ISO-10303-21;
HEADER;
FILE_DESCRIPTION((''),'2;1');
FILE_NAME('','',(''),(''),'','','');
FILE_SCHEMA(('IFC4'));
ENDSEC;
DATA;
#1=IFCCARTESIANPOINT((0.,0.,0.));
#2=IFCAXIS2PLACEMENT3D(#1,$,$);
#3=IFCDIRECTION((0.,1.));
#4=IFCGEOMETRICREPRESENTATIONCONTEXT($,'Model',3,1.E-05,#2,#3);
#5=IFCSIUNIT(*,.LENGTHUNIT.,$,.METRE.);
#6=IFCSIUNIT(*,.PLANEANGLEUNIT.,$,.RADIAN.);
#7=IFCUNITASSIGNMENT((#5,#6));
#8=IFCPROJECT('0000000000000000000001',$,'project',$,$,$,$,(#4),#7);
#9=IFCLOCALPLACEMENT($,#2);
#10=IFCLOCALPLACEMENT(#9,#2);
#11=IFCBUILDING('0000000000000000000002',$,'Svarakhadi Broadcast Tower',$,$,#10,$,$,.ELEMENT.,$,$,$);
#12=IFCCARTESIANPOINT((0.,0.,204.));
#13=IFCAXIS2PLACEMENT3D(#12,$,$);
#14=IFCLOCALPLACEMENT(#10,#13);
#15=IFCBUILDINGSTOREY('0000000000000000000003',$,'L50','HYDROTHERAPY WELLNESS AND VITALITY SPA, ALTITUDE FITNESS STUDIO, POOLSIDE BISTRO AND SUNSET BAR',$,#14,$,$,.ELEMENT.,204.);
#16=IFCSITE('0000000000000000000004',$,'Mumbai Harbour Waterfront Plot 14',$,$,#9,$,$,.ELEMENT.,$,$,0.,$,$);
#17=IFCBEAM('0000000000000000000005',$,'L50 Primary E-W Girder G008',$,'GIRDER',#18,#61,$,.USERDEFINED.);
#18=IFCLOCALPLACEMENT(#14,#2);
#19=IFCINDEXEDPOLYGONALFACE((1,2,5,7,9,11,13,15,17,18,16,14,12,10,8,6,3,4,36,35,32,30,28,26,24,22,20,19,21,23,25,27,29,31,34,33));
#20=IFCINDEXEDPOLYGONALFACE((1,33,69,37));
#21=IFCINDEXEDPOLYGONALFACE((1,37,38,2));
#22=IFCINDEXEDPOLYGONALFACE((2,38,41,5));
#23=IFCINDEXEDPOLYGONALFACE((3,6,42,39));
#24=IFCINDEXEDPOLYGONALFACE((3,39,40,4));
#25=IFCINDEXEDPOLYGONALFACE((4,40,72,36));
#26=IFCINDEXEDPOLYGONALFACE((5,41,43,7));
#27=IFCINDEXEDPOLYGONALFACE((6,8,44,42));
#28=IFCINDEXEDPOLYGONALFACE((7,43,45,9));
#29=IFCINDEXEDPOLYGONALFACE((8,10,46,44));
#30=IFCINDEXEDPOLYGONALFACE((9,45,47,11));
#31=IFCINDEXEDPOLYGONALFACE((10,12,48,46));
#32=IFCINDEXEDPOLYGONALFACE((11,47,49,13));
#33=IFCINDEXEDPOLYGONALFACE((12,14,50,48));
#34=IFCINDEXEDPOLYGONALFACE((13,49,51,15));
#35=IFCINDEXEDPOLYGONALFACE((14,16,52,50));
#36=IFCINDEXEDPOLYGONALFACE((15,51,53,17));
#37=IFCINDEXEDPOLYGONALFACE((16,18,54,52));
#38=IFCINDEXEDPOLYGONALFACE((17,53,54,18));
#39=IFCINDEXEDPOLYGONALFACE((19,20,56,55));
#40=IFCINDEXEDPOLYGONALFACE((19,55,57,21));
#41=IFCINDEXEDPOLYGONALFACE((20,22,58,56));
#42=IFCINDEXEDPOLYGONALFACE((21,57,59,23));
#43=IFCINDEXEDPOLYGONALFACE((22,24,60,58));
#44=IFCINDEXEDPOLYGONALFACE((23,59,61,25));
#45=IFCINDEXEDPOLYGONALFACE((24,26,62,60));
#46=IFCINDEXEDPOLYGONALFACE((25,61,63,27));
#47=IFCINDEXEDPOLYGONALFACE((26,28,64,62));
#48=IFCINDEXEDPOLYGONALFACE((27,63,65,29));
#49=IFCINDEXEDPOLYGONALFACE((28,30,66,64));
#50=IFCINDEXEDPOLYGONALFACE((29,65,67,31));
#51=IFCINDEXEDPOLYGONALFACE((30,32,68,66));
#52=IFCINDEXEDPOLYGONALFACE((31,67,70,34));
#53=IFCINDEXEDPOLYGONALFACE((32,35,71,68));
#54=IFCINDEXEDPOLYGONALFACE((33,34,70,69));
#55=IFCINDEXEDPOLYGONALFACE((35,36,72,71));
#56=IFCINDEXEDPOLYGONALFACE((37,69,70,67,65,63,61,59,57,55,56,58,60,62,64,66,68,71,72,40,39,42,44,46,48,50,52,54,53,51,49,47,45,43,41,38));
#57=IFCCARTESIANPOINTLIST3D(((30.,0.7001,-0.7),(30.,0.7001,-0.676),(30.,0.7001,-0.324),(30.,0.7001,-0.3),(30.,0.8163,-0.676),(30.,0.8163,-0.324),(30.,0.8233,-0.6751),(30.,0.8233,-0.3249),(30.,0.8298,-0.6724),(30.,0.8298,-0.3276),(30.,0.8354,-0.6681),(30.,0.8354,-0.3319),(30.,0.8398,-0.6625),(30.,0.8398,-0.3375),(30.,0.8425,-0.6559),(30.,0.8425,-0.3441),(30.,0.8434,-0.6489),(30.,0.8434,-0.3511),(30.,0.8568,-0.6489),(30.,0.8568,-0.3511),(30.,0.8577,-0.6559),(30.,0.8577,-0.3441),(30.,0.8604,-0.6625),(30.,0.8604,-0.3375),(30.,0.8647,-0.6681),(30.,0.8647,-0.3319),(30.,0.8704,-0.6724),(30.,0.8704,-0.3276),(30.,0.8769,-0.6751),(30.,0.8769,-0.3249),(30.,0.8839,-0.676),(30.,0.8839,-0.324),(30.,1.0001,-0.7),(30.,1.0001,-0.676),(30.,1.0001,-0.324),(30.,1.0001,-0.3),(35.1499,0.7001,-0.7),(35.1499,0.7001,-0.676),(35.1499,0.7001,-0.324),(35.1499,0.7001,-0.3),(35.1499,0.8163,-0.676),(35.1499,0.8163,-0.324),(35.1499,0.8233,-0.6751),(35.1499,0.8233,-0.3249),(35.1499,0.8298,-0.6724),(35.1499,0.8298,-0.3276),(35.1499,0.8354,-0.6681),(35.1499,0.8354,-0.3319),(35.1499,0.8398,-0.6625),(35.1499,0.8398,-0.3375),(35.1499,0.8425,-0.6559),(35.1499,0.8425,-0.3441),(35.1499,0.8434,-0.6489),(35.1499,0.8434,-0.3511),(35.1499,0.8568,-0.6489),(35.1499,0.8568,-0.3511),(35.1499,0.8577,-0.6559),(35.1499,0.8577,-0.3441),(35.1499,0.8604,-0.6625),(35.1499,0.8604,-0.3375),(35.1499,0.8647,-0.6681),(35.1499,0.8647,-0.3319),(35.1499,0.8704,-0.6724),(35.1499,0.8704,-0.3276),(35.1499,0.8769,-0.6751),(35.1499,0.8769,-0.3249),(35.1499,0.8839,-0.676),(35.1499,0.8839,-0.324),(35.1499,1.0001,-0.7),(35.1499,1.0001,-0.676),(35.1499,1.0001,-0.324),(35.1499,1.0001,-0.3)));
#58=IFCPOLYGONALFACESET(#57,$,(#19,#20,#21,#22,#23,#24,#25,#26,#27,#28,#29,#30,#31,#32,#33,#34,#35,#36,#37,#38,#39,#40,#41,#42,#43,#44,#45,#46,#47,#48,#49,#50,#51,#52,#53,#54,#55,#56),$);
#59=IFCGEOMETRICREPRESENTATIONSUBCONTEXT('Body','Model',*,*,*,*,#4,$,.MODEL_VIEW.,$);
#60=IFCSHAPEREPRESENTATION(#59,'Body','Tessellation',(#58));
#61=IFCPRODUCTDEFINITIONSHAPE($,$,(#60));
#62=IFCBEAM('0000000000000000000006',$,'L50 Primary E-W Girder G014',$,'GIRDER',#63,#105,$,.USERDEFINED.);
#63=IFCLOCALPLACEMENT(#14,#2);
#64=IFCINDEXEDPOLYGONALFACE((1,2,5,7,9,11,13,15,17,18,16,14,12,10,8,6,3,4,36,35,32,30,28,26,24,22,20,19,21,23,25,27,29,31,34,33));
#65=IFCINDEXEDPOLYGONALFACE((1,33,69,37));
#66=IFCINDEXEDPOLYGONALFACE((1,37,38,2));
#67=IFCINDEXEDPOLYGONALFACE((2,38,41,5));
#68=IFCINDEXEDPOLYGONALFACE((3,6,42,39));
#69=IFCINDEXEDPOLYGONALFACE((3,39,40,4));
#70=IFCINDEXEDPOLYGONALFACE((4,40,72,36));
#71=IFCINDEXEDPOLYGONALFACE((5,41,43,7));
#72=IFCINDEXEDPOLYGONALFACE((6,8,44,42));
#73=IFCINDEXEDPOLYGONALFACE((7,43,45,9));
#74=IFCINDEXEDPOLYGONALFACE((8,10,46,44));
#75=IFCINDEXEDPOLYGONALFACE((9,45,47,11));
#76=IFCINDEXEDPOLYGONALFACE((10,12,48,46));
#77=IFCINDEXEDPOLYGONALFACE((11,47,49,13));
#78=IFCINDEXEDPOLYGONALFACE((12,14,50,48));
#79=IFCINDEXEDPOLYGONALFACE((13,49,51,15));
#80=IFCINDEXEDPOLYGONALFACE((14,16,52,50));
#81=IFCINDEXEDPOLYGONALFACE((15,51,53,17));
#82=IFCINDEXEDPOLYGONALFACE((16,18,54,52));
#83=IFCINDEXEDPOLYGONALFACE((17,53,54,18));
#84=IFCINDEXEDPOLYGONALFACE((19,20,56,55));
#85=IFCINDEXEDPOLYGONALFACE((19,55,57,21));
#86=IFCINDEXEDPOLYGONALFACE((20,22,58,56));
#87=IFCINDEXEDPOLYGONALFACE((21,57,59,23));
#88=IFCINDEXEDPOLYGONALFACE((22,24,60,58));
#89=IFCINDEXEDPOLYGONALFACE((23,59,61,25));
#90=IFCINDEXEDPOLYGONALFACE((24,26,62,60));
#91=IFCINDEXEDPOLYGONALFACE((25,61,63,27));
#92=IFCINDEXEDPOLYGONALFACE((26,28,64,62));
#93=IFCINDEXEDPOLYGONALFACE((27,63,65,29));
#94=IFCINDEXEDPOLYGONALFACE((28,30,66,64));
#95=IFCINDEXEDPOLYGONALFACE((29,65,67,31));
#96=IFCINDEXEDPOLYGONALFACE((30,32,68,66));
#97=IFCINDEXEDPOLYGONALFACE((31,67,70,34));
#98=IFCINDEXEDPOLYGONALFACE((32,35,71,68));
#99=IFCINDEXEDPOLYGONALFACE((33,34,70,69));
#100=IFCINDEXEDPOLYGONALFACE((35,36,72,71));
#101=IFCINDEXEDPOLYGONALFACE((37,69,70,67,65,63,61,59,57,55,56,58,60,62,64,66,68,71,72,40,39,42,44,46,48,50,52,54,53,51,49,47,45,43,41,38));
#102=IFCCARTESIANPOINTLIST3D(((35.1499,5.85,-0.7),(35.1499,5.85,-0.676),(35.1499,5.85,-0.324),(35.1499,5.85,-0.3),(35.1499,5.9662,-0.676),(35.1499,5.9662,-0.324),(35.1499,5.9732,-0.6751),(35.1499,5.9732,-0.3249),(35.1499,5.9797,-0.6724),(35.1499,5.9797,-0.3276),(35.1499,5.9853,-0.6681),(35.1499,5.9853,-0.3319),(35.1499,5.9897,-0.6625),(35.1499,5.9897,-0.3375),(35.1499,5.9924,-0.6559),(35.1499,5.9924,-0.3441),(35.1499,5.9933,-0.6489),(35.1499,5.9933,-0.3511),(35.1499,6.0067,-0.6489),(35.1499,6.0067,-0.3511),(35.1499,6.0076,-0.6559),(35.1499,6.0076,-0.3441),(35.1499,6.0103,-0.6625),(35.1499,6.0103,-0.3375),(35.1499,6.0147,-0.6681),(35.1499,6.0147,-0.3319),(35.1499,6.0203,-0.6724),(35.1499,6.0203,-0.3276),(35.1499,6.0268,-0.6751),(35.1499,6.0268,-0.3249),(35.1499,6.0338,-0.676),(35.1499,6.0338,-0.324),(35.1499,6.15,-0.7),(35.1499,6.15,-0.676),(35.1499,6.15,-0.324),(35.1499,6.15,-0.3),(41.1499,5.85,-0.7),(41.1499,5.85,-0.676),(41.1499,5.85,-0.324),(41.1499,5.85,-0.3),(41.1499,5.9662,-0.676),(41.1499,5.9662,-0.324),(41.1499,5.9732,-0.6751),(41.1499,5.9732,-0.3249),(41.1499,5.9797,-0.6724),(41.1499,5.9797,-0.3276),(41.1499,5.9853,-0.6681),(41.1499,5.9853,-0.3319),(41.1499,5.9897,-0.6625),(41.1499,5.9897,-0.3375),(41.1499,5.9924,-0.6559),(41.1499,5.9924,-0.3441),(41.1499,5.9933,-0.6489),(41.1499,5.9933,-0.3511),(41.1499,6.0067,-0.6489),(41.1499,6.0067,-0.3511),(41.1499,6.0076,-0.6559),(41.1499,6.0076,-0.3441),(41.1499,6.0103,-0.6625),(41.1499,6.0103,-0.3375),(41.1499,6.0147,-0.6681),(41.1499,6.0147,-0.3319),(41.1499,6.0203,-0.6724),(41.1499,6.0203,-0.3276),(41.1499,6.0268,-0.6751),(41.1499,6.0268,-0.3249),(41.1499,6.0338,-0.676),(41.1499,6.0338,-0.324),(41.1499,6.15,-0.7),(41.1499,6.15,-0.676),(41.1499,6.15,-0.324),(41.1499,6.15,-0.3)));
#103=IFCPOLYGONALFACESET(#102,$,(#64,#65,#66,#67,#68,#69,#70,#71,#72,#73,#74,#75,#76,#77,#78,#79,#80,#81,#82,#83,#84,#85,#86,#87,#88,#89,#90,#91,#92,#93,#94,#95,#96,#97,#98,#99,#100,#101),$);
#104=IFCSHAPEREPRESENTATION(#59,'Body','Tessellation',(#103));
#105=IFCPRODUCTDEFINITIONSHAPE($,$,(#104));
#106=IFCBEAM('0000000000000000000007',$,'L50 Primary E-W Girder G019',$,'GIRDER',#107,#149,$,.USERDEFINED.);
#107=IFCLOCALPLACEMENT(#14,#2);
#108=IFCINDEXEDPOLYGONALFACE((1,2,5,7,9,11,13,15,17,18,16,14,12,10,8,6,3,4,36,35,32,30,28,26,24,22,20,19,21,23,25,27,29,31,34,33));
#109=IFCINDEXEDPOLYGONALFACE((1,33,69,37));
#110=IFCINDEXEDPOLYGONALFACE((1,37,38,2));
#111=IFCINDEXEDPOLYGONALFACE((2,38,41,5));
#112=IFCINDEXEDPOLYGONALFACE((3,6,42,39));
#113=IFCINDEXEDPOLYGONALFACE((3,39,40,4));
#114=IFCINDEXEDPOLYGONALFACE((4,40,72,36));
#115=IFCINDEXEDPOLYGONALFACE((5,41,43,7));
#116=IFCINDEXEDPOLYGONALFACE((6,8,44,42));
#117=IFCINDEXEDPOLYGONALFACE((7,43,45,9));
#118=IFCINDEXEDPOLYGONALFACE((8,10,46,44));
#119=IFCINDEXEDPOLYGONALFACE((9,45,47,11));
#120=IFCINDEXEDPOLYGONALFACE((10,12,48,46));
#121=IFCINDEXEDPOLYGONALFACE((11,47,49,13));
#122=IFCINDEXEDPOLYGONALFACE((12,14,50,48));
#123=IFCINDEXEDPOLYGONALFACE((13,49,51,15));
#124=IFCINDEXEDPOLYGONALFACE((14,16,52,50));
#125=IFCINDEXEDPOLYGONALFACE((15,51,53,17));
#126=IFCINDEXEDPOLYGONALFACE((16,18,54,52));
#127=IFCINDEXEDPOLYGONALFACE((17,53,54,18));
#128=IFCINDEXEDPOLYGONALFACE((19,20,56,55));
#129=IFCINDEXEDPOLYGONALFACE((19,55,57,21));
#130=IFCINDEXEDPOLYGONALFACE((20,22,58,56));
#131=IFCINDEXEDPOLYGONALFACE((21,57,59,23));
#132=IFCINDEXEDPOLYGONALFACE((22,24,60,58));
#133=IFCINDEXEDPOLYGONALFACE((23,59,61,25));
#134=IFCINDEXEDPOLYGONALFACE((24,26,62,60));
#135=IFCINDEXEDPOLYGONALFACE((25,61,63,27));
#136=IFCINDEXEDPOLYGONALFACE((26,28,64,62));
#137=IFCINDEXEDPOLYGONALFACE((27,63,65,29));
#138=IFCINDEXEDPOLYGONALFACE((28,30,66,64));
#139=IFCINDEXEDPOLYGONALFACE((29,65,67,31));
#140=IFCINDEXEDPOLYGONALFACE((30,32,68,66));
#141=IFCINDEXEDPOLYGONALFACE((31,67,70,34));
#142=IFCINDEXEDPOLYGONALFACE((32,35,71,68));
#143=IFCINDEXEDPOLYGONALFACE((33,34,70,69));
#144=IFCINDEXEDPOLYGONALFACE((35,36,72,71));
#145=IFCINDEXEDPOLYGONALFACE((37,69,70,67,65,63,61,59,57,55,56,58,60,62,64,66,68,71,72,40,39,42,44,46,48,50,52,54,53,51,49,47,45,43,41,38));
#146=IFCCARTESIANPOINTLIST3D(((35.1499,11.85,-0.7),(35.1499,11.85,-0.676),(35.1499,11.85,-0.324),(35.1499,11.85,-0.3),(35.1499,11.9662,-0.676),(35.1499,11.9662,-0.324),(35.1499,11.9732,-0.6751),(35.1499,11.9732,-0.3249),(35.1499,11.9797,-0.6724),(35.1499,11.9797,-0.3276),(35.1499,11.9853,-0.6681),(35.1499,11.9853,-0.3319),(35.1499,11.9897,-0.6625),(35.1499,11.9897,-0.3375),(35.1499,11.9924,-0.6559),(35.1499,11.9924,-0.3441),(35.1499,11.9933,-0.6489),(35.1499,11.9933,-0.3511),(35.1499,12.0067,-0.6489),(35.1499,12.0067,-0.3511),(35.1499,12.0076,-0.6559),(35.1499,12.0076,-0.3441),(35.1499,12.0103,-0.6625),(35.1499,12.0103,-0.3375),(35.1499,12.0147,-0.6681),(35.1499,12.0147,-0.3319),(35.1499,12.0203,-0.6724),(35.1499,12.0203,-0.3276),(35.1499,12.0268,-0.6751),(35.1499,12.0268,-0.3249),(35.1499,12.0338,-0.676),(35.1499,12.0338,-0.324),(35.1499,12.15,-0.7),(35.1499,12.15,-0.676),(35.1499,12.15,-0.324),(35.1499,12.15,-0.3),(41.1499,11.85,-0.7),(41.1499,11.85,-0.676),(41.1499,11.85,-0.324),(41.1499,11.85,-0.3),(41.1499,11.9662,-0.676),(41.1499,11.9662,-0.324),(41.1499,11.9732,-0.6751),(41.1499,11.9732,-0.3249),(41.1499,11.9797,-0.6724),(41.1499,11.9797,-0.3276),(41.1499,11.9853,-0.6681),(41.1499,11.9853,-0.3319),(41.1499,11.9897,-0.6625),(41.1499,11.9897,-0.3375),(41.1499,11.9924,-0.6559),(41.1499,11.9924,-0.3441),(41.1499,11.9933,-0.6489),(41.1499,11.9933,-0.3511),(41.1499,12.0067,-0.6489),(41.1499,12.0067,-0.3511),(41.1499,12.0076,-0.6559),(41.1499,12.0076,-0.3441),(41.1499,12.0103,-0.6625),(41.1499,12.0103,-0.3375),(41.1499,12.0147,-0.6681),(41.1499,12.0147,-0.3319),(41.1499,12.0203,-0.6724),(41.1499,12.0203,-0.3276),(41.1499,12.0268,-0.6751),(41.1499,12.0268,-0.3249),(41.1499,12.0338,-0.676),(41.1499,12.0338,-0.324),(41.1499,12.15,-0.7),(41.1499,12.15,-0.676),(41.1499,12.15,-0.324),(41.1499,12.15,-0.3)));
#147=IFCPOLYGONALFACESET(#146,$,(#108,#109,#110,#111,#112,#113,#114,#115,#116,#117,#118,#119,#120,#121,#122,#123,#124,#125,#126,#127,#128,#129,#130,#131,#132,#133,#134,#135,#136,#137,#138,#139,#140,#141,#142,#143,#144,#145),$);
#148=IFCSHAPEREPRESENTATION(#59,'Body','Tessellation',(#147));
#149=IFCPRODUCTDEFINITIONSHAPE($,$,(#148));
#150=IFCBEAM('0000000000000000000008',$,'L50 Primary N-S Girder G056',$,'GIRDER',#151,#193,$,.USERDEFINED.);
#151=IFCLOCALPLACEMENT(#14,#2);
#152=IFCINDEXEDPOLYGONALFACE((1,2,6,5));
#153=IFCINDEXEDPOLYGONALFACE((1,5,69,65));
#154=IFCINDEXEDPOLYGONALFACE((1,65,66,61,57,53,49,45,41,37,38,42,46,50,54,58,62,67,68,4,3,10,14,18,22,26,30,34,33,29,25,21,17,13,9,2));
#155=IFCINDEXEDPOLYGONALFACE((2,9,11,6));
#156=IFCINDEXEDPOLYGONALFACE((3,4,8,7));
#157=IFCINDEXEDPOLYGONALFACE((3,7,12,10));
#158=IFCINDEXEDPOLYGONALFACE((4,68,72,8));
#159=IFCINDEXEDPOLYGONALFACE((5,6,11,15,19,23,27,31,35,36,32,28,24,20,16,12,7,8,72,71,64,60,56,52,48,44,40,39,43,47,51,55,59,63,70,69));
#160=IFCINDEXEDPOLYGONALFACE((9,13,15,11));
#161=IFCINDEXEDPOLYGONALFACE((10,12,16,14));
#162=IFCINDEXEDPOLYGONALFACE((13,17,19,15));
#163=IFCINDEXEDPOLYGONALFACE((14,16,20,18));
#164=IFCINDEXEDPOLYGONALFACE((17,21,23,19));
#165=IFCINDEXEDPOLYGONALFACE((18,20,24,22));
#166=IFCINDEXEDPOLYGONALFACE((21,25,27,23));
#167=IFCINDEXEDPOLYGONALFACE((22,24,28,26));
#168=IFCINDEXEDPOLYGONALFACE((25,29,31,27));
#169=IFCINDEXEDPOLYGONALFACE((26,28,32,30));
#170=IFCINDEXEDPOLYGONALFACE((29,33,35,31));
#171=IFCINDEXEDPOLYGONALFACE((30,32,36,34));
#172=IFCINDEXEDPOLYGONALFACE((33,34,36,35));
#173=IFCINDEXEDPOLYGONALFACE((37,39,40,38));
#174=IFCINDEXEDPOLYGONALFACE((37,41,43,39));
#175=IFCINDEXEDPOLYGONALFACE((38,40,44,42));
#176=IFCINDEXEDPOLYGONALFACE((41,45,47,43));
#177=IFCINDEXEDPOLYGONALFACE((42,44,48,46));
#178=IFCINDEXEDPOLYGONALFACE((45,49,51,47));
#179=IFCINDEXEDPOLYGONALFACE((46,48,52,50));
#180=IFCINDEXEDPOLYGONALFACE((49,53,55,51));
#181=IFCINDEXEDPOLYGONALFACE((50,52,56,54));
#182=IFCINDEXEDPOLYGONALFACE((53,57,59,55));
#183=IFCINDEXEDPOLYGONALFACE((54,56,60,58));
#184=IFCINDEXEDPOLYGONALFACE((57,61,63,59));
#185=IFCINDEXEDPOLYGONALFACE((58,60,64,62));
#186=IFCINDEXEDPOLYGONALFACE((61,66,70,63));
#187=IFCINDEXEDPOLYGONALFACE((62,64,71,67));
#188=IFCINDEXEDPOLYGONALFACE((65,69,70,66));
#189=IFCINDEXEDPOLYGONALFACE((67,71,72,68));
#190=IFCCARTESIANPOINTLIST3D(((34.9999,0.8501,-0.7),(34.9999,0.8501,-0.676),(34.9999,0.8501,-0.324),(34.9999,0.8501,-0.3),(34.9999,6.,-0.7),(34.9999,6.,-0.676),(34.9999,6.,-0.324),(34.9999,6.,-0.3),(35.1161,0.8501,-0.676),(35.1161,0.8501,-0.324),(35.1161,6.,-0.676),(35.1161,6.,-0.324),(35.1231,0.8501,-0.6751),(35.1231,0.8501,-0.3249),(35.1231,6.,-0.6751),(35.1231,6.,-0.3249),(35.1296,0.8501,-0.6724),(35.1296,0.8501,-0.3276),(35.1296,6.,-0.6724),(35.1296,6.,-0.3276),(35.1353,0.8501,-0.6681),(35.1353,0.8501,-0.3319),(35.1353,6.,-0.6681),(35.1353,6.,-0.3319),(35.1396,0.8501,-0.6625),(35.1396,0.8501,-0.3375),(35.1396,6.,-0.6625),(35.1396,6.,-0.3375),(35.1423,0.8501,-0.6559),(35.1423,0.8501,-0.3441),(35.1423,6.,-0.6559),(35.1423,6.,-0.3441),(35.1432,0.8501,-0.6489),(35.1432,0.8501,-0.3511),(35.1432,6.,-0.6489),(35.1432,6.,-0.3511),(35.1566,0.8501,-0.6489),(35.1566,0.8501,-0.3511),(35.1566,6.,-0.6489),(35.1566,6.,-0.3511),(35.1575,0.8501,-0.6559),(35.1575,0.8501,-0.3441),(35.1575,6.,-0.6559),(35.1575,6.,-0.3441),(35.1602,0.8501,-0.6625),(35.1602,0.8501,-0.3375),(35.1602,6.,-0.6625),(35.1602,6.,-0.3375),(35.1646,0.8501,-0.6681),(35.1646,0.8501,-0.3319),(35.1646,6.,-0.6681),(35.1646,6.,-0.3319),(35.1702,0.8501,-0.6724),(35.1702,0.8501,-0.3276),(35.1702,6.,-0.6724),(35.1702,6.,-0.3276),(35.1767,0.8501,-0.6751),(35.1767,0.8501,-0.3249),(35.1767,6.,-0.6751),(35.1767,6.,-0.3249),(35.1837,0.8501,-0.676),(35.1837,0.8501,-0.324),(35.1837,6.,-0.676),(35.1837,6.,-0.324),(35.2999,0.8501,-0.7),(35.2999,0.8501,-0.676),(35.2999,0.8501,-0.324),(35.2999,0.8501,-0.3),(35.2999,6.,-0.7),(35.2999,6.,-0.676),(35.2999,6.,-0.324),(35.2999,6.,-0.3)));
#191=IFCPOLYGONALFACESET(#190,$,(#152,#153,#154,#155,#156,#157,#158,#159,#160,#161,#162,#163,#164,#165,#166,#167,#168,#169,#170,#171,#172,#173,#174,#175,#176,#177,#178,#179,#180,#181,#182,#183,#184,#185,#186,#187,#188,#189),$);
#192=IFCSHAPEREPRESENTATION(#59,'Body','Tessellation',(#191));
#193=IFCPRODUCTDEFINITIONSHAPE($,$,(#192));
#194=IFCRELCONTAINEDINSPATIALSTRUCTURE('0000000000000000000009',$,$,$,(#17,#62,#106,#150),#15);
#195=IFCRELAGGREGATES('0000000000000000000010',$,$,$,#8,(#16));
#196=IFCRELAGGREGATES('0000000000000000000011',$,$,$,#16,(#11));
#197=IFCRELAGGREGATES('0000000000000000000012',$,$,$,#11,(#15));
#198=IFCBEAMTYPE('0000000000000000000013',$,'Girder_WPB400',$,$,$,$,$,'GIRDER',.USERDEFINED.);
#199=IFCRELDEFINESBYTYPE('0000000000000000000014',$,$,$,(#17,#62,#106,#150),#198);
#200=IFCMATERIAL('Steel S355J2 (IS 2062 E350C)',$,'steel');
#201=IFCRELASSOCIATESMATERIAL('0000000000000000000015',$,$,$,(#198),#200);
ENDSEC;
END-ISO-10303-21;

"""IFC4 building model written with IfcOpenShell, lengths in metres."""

from ifc_helpers import new_model, si_unit, direction, frame, origin, origin_2d, place, context, subcontext, project, spatial, i_section, extrude, material, material_profile, profile_set, type_object, element, save


model = new_model("IFC4")

# Units and contexts
model_context = context("Model", 3, precision=1e-05, world=origin(), true_north=direction((0.0, 1.0)))
body_context = subcontext(model_context, "Body", "Model", "MODEL_VIEW")
ifc_project = project(units=[si_unit("LENGTHUNIT", "METRE"), si_unit("PLANEANGLEUNIT", "RADIAN")], contexts=[model_context])

# Site, building, storey
site_placement = place(None, origin())
site = spatial("IfcSite", under=ifc_project, at=site_placement, Name="Mumbai Harbour Waterfront Plot 14", CompositionType="ELEMENT", RefElevation=0.0)
building_placement = place(site_placement, origin())
building = spatial("IfcBuilding", under=site, at=building_placement, Name="Svarakhadi Broadcast Tower", CompositionType="ELEMENT")
storey_placement = place(building_placement, frame((0.0, 0.0, 204.0)))
storey = spatial("IfcBuildingStorey", under=building, at=storey_placement, Name="L50", Description="HYDROTHERAPY WELLNESS AND VITALITY SPA, ALTITUDE FITNESS STUDIO, POOLSIDE BISTRO AND SUNSET BAR", CompositionType="ELEMENT", Elevation=204.0)

# Beams
ifc_material_1 = material(Name="Steel S355J2 (IS 2062 E350C)", Category="steel")
ifc_material_profile_1 = material_profile(ifc_material_1, i_section(OverallWidth=0.3, OverallDepth=0.3999, WebThickness=0.0134, FlangeThickness=0.0239, FilletRadius=0.0271, at=origin_2d()), Name="WPB 400x300x155")
ifc_profile_set_1 = profile_set([ifc_material_profile_1], Name="Steel S355J2 (IS 2062 E350C)")
beam_type_1 = type_object("IfcBeamType", Name="Girder_WPB400", ElementType="GIRDER", PredefinedType="USERDEFINED", material=ifc_profile_set_1)
beam_1_placement = place(storey_placement, frame((30.0, 0.8501, -0.5), z_axis=(1.0, 0.0, 0.0), x_axis=(0.0, 1.0, 0.0)))
element("IfcBeam", 1, at=beam_1_placement, inside=storey, type_object=beam_type_1, Name="L50 Primary E-W Girder G008", ObjectType="GIRDER", PredefinedType="USERDEFINED", context=body_context, shape_type="SweptSolid", body=[
    extrude(i_section(OverallWidth=0.3, OverallDepth=0.3999, WebThickness=0.0134, FlangeThickness=0.0239, FilletRadius=0.0271, at=origin_2d()), origin(), (0.0, 0.0, 1.0), 5.1499),
])
for number, where, z_axis, x_axis, name in (
    (2, (35.1499, 6.0, -0.5), (1.0, 0.0, 0.0), (0.0, 1.0, 0.0), "L50 Primary E-W Girder G014"),
    (3, (35.1499, 12.0, -0.5), (1.0, 0.0, 0.0), (0.0, 1.0, 0.0), "L50 Primary E-W Girder G019"),
):
    element("IfcBeam", number, at=place(storey_placement, frame(where, z_axis=z_axis, x_axis=x_axis)), inside=storey, type_object=beam_type_1, Name=name, ObjectType="GIRDER", PredefinedType="USERDEFINED", context=body_context, shape_type="SweptSolid", body=[
        extrude(i_section(OverallWidth=0.3, OverallDepth=0.3999, WebThickness=0.0134, FlangeThickness=0.0239, FilletRadius=0.0271, at=origin_2d()), origin(), (0.0, 0.0, 1.0), 6.0),
    ])
beam_2_placement = place(storey_placement, frame((35.1499, 0.8501, -0.5), z_axis=(0.0, 1.0, 0.0), x_axis=(-1.0, 0.0, 0.0)))
element("IfcBeam", 4, at=beam_2_placement, inside=storey, type_object=beam_type_1, Name="L50 Primary N-S Girder G056", ObjectType="GIRDER", PredefinedType="USERDEFINED", context=body_context, shape_type="SweptSolid", body=[
    extrude(i_section(OverallWidth=0.3, OverallDepth=0.3999, WebThickness=0.0134, FlangeThickness=0.0239, FilletRadius=0.0271, at=origin_2d()), origin(), (0.0, 0.0, 1.0), 5.1499),
])

save(model, "model.ifc")
